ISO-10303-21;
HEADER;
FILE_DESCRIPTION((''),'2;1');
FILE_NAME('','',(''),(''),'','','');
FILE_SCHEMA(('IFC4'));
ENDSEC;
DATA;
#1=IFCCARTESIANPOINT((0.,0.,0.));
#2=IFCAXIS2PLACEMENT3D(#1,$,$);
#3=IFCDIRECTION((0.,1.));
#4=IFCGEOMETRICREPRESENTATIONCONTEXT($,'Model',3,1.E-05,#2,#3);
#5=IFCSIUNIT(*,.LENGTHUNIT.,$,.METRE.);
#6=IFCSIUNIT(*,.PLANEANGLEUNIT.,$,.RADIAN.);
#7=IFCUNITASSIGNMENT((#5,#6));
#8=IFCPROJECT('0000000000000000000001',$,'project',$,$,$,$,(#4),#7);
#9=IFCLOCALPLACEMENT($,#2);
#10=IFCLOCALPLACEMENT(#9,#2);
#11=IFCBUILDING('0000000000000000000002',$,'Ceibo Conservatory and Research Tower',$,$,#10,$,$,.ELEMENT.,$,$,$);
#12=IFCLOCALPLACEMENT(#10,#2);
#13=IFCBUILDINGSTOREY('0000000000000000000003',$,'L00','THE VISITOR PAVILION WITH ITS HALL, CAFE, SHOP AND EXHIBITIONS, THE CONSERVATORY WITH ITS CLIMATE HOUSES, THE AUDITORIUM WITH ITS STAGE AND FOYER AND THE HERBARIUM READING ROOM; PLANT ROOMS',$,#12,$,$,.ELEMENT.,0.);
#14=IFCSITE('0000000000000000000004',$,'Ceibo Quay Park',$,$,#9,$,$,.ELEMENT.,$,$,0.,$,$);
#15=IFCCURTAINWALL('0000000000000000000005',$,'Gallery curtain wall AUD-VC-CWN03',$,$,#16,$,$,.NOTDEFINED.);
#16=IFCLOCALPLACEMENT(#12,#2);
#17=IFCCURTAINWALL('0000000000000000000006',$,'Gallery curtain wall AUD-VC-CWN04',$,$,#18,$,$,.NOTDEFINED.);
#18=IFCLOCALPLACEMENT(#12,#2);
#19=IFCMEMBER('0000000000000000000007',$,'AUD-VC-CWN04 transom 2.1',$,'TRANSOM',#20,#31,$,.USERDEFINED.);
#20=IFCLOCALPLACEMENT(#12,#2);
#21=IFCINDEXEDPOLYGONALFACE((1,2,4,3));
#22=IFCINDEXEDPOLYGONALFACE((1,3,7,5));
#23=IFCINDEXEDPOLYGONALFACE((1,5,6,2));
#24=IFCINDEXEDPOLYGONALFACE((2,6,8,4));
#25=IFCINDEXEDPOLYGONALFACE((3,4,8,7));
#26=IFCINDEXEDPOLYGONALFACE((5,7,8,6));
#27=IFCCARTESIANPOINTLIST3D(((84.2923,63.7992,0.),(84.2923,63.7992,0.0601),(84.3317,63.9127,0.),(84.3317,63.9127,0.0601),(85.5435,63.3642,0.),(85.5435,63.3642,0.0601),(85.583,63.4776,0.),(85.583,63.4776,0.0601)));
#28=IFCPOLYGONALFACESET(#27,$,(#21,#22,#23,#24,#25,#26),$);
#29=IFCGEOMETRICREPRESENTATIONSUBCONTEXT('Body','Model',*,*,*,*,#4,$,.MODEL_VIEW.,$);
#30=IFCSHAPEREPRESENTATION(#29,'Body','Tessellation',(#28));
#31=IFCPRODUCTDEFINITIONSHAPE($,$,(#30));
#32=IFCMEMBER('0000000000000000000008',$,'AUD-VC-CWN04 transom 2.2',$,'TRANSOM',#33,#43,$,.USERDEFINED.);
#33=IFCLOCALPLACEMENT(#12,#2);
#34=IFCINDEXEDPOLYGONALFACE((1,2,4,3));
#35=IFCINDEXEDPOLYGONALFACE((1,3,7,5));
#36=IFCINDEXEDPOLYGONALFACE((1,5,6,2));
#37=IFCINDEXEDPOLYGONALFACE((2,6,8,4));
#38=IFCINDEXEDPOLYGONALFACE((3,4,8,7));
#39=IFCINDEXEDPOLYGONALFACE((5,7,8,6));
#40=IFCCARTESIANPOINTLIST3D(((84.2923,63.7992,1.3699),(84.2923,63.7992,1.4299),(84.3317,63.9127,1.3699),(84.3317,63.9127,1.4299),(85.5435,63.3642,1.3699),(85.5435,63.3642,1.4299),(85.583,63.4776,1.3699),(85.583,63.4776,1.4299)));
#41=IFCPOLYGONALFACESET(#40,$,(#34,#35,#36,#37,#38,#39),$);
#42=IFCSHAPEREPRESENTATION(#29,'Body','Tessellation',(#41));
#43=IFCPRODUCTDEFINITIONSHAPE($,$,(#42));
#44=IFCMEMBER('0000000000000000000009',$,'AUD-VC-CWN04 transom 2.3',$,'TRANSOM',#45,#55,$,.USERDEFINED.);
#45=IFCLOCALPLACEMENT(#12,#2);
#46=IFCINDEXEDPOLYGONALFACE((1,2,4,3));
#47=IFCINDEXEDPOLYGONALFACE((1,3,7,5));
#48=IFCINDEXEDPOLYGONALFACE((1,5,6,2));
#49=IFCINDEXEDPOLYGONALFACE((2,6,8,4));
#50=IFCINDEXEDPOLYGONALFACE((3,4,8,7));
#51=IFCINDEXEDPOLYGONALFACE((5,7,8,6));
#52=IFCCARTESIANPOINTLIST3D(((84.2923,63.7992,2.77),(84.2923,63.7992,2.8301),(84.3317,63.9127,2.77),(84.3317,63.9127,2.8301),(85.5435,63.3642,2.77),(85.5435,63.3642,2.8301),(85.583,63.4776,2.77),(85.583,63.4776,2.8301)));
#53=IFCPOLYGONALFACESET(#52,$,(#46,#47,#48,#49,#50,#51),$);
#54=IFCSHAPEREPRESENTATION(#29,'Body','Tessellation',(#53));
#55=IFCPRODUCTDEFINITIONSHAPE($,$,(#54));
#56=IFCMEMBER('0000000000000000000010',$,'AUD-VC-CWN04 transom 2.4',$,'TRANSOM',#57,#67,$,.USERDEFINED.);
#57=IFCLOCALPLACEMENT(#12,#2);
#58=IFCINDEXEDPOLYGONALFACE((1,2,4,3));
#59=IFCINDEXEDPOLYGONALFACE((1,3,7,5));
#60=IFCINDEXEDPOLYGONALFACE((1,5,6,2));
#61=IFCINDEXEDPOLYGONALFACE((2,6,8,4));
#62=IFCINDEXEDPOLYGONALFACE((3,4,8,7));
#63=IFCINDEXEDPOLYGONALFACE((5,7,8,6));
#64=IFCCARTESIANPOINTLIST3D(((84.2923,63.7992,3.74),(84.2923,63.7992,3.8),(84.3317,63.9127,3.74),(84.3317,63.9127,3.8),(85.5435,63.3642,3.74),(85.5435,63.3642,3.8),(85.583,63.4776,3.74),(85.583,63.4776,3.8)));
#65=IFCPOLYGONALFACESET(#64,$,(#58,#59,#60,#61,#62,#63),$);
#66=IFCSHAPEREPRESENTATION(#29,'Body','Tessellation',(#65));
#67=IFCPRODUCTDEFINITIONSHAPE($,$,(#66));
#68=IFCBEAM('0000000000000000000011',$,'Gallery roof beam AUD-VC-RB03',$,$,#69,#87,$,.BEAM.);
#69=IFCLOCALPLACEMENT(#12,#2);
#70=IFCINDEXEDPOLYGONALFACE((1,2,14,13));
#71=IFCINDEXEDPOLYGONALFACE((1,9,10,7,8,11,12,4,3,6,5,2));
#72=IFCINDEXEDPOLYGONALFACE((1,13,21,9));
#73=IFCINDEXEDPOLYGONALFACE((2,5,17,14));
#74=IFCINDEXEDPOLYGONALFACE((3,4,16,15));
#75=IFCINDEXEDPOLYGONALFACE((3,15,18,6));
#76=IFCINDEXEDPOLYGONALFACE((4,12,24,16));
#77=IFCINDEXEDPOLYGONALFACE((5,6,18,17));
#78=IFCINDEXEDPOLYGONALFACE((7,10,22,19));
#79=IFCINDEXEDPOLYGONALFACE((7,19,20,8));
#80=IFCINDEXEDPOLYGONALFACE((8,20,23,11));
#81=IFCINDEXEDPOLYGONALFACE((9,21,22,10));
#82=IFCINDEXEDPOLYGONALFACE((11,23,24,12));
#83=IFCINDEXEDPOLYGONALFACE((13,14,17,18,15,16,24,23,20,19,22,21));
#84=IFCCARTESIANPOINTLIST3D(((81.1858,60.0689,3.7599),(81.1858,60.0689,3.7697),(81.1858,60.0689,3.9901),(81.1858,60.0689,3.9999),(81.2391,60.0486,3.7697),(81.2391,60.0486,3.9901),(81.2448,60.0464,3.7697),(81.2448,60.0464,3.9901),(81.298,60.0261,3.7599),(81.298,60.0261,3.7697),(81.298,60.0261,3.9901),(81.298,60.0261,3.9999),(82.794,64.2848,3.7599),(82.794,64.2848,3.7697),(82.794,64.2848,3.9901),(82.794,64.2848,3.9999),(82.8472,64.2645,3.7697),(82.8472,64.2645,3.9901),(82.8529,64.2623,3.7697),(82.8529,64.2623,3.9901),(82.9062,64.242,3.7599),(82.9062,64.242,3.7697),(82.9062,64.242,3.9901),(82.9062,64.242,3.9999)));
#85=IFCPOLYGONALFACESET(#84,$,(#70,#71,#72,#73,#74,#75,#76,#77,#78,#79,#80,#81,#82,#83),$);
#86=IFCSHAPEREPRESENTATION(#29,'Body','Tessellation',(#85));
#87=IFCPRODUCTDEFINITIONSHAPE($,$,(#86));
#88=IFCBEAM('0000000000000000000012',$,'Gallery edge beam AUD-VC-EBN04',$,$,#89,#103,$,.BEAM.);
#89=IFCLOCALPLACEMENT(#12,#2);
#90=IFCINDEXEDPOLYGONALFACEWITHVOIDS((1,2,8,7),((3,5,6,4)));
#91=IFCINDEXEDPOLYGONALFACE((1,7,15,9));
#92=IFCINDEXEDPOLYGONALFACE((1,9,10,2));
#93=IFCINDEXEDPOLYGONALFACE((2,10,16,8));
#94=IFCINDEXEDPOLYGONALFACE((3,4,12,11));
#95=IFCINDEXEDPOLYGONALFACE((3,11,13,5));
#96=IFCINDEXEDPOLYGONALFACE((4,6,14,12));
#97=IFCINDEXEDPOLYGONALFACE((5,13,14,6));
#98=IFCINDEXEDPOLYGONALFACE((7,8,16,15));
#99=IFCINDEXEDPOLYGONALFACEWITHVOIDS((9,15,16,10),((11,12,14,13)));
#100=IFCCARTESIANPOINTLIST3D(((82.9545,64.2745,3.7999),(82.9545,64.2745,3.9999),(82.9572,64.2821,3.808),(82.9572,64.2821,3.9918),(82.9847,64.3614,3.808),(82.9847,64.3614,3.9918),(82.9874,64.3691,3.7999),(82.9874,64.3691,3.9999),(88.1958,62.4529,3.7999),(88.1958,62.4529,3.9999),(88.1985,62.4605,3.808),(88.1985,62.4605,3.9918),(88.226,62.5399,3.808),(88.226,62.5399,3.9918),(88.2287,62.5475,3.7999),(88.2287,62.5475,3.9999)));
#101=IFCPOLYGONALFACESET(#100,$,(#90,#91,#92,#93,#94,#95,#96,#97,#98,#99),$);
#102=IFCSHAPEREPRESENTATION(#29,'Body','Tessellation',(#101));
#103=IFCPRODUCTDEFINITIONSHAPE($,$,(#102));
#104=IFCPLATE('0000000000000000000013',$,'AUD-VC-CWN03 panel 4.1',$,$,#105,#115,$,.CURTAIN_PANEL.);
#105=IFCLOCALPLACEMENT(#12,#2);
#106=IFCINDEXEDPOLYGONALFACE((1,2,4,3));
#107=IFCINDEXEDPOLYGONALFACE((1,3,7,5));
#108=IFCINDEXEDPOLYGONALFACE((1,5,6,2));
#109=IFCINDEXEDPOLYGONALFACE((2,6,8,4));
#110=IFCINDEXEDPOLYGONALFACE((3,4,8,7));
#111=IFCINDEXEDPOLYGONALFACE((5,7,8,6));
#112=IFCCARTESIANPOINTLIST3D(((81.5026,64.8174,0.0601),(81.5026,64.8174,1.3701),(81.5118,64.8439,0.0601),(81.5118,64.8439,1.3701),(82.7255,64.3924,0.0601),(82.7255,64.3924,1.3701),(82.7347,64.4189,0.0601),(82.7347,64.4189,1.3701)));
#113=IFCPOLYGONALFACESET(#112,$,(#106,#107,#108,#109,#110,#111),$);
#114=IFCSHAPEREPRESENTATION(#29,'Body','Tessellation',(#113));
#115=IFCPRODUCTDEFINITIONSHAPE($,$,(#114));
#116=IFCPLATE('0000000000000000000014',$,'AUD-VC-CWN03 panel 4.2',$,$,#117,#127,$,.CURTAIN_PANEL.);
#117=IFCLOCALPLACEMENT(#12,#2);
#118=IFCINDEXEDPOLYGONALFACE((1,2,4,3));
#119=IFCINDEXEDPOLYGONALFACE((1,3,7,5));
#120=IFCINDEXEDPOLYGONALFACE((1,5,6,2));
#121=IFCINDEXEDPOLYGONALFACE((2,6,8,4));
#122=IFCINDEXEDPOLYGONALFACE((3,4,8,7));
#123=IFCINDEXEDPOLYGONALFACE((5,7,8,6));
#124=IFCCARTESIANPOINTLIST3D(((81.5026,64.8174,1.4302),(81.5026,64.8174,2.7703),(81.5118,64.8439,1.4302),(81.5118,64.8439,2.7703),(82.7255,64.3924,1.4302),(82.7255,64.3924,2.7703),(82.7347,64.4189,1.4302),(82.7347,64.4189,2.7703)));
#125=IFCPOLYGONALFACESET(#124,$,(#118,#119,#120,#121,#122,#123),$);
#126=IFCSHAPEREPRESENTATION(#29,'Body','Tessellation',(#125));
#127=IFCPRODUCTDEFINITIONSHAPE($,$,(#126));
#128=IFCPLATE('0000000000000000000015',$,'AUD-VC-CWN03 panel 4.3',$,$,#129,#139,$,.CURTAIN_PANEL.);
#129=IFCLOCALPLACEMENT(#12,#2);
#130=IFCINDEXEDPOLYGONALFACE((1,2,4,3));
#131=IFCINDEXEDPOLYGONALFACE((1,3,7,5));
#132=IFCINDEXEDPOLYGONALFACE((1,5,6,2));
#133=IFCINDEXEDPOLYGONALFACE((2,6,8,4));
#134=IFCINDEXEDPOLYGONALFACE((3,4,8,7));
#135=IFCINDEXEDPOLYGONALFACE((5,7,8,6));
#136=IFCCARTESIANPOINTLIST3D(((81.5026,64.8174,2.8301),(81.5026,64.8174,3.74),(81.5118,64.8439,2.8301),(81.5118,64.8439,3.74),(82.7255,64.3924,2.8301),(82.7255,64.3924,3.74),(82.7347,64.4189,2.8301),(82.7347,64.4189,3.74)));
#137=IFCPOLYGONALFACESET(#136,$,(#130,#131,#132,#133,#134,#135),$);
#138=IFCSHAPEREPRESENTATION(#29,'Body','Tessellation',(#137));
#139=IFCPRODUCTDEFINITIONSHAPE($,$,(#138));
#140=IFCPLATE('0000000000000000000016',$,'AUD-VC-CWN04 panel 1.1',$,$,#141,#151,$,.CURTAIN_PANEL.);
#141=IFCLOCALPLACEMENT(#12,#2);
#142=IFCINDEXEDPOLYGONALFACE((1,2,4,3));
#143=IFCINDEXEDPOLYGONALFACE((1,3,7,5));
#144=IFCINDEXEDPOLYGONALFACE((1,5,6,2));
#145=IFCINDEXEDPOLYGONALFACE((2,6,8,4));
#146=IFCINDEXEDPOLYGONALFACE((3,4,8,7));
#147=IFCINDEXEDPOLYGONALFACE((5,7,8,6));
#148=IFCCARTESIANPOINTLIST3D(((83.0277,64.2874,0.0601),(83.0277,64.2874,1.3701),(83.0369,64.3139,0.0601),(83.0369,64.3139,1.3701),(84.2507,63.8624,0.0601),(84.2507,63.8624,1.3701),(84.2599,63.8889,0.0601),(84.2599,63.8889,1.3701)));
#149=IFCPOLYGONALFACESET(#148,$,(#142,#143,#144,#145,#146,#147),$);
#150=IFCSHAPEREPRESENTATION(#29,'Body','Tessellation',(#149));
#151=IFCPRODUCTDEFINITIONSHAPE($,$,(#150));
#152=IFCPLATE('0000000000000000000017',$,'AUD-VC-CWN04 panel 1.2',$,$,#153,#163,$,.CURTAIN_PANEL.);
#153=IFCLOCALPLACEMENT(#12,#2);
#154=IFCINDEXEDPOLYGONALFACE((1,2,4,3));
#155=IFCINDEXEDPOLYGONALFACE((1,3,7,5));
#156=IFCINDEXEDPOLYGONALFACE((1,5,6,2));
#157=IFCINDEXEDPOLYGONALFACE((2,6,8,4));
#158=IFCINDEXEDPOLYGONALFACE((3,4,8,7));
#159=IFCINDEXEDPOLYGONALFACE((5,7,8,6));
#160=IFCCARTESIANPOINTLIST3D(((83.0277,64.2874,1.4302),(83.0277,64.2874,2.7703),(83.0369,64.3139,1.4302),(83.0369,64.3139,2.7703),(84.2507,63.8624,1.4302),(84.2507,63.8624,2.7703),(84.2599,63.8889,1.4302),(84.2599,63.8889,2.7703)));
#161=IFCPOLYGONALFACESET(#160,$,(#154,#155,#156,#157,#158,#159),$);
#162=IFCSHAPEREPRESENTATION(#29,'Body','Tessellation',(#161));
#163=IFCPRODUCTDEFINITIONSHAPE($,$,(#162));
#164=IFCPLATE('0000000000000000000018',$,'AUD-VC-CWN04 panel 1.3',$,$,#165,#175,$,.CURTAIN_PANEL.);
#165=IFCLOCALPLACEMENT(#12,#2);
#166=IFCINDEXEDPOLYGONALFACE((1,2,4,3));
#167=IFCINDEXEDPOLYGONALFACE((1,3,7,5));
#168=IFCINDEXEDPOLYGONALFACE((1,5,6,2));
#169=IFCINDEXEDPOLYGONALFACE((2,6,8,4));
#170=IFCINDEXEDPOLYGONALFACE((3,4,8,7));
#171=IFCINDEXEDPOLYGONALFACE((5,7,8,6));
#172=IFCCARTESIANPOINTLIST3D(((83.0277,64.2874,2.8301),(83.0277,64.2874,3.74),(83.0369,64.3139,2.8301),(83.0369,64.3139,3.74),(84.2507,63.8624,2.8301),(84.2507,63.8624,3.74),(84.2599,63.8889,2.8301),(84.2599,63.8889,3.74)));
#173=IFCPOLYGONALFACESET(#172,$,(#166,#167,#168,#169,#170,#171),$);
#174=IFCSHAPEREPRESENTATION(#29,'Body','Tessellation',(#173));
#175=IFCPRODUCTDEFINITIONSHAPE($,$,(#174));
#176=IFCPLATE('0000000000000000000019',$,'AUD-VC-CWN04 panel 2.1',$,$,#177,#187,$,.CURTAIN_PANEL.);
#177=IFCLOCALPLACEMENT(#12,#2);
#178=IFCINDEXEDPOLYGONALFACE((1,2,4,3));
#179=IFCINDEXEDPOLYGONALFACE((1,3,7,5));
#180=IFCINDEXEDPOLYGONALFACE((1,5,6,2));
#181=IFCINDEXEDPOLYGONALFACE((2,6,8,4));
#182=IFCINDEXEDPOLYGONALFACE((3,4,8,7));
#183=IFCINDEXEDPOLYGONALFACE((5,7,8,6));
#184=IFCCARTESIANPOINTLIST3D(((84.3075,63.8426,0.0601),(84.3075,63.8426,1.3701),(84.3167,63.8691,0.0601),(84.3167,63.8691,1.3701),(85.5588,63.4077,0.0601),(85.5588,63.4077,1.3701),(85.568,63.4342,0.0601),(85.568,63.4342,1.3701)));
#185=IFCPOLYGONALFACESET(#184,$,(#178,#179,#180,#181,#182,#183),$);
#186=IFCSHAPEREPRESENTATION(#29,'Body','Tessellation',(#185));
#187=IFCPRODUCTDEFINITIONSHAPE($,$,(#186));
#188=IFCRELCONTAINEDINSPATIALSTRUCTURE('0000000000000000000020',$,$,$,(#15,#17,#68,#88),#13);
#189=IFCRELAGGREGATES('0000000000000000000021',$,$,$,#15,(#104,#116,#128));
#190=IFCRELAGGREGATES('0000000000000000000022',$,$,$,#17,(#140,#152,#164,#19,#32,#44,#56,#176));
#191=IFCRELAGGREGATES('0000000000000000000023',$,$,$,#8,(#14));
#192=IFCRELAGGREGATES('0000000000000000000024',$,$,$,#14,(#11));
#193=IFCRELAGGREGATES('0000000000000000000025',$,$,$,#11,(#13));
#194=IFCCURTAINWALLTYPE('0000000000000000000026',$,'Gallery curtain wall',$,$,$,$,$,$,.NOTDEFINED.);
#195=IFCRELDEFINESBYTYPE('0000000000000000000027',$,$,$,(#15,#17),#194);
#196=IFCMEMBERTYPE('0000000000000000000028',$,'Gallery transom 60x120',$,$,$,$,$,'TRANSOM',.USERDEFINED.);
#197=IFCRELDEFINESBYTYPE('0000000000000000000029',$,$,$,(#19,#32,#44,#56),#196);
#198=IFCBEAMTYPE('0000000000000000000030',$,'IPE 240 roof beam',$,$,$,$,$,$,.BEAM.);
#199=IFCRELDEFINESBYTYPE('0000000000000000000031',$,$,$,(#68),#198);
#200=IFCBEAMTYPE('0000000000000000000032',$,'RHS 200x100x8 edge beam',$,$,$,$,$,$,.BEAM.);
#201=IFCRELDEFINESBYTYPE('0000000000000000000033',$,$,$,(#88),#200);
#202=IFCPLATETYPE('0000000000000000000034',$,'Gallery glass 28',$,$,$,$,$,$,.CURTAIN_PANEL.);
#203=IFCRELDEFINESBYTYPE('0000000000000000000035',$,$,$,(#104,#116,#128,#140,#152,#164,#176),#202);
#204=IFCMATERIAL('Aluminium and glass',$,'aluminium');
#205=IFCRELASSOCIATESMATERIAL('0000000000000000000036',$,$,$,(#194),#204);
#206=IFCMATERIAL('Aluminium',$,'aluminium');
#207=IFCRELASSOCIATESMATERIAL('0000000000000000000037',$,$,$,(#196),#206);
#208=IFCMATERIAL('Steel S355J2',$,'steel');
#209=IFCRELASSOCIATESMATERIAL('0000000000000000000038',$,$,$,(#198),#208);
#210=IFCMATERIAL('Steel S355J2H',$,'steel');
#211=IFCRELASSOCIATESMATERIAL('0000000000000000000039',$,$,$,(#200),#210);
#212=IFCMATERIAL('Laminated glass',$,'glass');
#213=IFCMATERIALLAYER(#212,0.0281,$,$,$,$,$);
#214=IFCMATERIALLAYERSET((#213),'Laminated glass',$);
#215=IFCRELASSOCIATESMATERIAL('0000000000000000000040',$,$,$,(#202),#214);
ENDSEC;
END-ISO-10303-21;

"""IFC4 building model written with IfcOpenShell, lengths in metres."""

from ifc_helpers import new_model, si_unit, direction, frame, origin, origin_2d, place, context, subcontext, project, spatial, rectangle, hollow_rectangle, i_section, extrude, material, layer, layer_set, material_profile, profile_set, type_object, element, aggregate, save


model = new_model("IFC4")

# Units and contexts
model_context = context("Model", 3, precision=1e-05, world=origin(), true_north=direction((0.0, 1.0)))
body_context = subcontext(model_context, "Body", "Model", "MODEL_VIEW")
ifc_project = project(units=[si_unit("LENGTHUNIT", "METRE"), si_unit("PLANEANGLEUNIT", "RADIAN")], contexts=[model_context])

# Site, building, storey
site_placement = place(None, origin())
site = spatial("IfcSite", under=ifc_project, at=site_placement, Name="Ceibo Quay Park", CompositionType="ELEMENT", RefElevation=0.0)
building_placement = place(site_placement, origin())
building = spatial("IfcBuilding", under=site, at=building_placement, Name="Ceibo Conservatory and Research Tower", CompositionType="ELEMENT")
storey_placement = place(building_placement, origin())
storey = spatial("IfcBuildingStorey", under=building, at=storey_placement, Name="L00", Description="THE VISITOR PAVILION WITH ITS HALL, CAFE, SHOP AND EXHIBITIONS, THE CONSERVATORY WITH ITS CLIMATE HOUSES, THE AUDITORIUM WITH ITS STAGE AND FOYER AND THE HERBARIUM READING ROOM; PLANT ROOMS", CompositionType="ELEMENT", Elevation=0.0)

# Shared definitions
ifc_material_1 = material(Name="Steel S355J2H", Category="steel")

# Curtain walls
ifc_material_2 = material(Name="Aluminium and glass", Category="aluminium")
curtain_wall_type = type_object("IfcCurtainWallType", Name="Gallery curtain wall", PredefinedType="NOTDEFINED", material=ifc_material_2)
curtain_wall_1_placement = place(storey_placement, origin())
curtain_wall_1 = element("IfcCurtainWall", 1, at=curtain_wall_1_placement, inside=storey, type_object=curtain_wall_type, Name="Gallery curtain wall AUD-VC-CWN03", PredefinedType="NOTDEFINED")
ifc_material_3 = material(Name="Aluminium", Category="aluminium")
curtain_wall_2_placement = place(storey_placement, origin())
curtain_wall_2 = element("IfcCurtainWall", 2, at=curtain_wall_2_placement, inside=storey, type_object=curtain_wall_type, Name="Gallery curtain wall AUD-VC-CWN04", PredefinedType="NOTDEFINED")

# Members
ifc_material_profile_1 = material_profile(ifc_material_3, rectangle(XDim=0.1201, YDim=0.0601, at=origin_2d()), Name="AL 60x120")
ifc_profile_set_1 = profile_set([ifc_material_profile_1], Name="Aluminium")
member_type_1 = type_object("IfcMemberType", Name="Gallery transom 60x120", ElementType="TRANSOM", PredefinedType="USERDEFINED", material=ifc_profile_set_1)
member_1_placement = place(storey_placement, frame((84.312, 63.856, 0.03), z_axis=(0.944532, -0.328421, 0.0), x_axis=(0.328421, 0.944532, 0.0)))
member_1 = element("IfcMember", 3, at=member_1_placement, type_object=member_type_1, Name="AUD-VC-CWN04 transom 2.1", ObjectType="TRANSOM", PredefinedType="USERDEFINED", context=body_context, shape_type="SweptSolid", body=[
    extrude(rectangle(XDim=0.1201, YDim=0.0601, at=origin_2d()), origin(), (0.0, 0.0, 1.0), 1.3247),
])
member_2_placement = place(storey_placement, frame((84.312, 63.856, 1.3999), z_axis=(0.944532, -0.328421, 0.0), x_axis=(0.328421, 0.944532, 0.0)))
member_2 = element("IfcMember", 4, at=member_2_placement, type_object=member_type_1, Name="AUD-VC-CWN04 transom 2.2", ObjectType="TRANSOM", PredefinedType="USERDEFINED", context=body_context, shape_type="SweptSolid", body=[
    extrude(rectangle(XDim=0.1201, YDim=0.0601, at=origin_2d()), origin(), (0.0, 0.0, 1.0), 1.3247),
])
member_3_placement = place(storey_placement, frame((84.312, 63.856, 2.8), z_axis=(0.944532, -0.328421, 0.0), x_axis=(0.328421, 0.944532, 0.0)))
member_3 = element("IfcMember", 5, at=member_3_placement, type_object=member_type_1, Name="AUD-VC-CWN04 transom 2.3", ObjectType="TRANSOM", PredefinedType="USERDEFINED", context=body_context, shape_type="SweptSolid", body=[
    extrude(rectangle(XDim=0.1201, YDim=0.0601, at=origin_2d()), origin(), (0.0, 0.0, 1.0), 1.3247),
])
member_4_placement = place(storey_placement, frame((84.312, 63.856, 3.77), z_axis=(0.944532, -0.328421, 0.0), x_axis=(0.328421, 0.944532, 0.0)))
member_4 = element("IfcMember", 6, at=member_4_placement, type_object=member_type_1, Name="AUD-VC-CWN04 transom 2.4", ObjectType="TRANSOM", PredefinedType="USERDEFINED", context=body_context, shape_type="SweptSolid", body=[
    extrude(rectangle(XDim=0.1201, YDim=0.0601, at=origin_2d()), origin(), (0.0, 0.0, 1.0), 1.3247),
])

# Beams
ifc_material_4 = material(Name="Steel S355J2", Category="steel")
ifc_material_profile_2 = material_profile(ifc_material_4, i_section(OverallWidth=0.1201, OverallDepth=0.24, WebThickness=0.0061, FlangeThickness=0.0098, at=origin_2d()), Name="IPE 240")
ifc_profile_set_2 = profile_set([ifc_material_profile_2], Name="Steel S355J2")
beam_type_1 = type_object("IfcBeamType", Name="IPE 240 roof beam", PredefinedType="BEAM", material=ifc_profile_set_2)
beam_1_placement = place(storey_placement, frame((82.8501, 64.2634, 3.8799), z_axis=(-0.356407, -0.934331, 0.0), x_axis=(0.934331, -0.356407, 0.0)))
element("IfcBeam", 7, at=beam_1_placement, inside=storey, type_object=beam_type_1, Name="Gallery roof beam AUD-VC-RB03", PredefinedType="BEAM", context=body_context, shape_type="SweptSolid", body=[
    extrude(i_section(OverallWidth=0.1201, OverallDepth=0.24, WebThickness=0.0061, FlangeThickness=0.0098, at=origin_2d()), origin(), (0.0, 0.0, 1.0), 4.5122),
])
ifc_material_profile_3 = material_profile(ifc_material_1, hollow_rectangle(XDim=0.1001, YDim=0.2, WallThickness=0.0081, at=origin_2d()), Name="RHS 200x100x8 edge beam")
ifc_profile_set_3 = profile_set([ifc_material_profile_3], Name="Steel S355J2H")
beam_type_2 = type_object("IfcBeamType", Name="RHS 200x100x8 edge beam", PredefinedType="BEAM", material=ifc_profile_set_3)
beam_2_placement = place(storey_placement, frame((82.9709, 64.3218, 3.8999), z_axis=(0.94458, -0.32828, 0.0), x_axis=(0.32828, 0.94458, 0.0)))
element("IfcBeam", 8, at=beam_2_placement, inside=storey, type_object=beam_type_2, Name="Gallery edge beam AUD-VC-EBN04", PredefinedType="BEAM", context=body_context, shape_type="SweptSolid", body=[
    extrude(hollow_rectangle(XDim=0.1001, YDim=0.2, WallThickness=0.0081, at=origin_2d()), origin(), (0.0, 0.0, 1.0), 5.5488),
])

# Plates
ifc_material_5 = material(Name="Laminated glass", Category="glass")
ifc_layer = layer(ifc_material_5, 0.0281)
ifc_layer_set = layer_set([ifc_layer], Name="Laminated glass")
plate_type = type_object("IfcPlateType", Name="Gallery glass 28", PredefinedType="CURTAIN_PANEL", material=ifc_layer_set)
plate_1_placement = place(storey_placement, frame((82.1187, 64.6182, 0.0601), z_axis=(0.0, 0.0, 1.0), x_axis=(0.944579, -0.328284, 0.0)))
plate_1 = element("IfcPlate", 9, at=plate_1_placement, type_object=plate_type, Name="AUD-VC-CWN03 panel 4.1", PredefinedType="CURTAIN_PANEL", context=body_context, shape_type="SweptSolid", body=[
    extrude(rectangle(XDim=1.2947, YDim=0.0281, at=origin_2d()), origin(), (0.0, 0.0, 1.0), 1.3101),
])
plate_2_placement = place(storey_placement, frame((82.1187, 64.6182, 1.4302), z_axis=(0.0, 0.0, 1.0), x_axis=(0.944579, -0.328284, 0.0)))
plate_2 = element("IfcPlate", 10, at=plate_2_placement, type_object=plate_type, Name="AUD-VC-CWN03 panel 4.2", PredefinedType="CURTAIN_PANEL", context=body_context, shape_type="SweptSolid", body=[
    extrude(rectangle(XDim=1.2947, YDim=0.0281, at=origin_2d()), origin(), (0.0, 0.0, 1.0), 1.3401),
])
plate_3_placement = place(storey_placement, frame((82.1187, 64.6182, 2.8301), z_axis=(0.0, 0.0, 1.0), x_axis=(0.944579, -0.328284, 0.0)))
plate_3 = element("IfcPlate", 11, at=plate_3_placement, type_object=plate_type, Name="AUD-VC-CWN03 panel 4.3", PredefinedType="CURTAIN_PANEL", context=body_context, shape_type="SweptSolid", body=[
    extrude(rectangle(XDim=1.2947, YDim=0.0281, at=origin_2d()), origin(), (0.0, 0.0, 1.0), 0.9099),
])
aggregate(curtain_wall_1, [plate_1, plate_2, plate_3])
plate_4_placement = place(storey_placement, frame((83.6438, 64.0881, 0.0601), z_axis=(0.0, 0.0, 1.0), x_axis=(0.944579, -0.328284, 0.0)))
plate_4 = element("IfcPlate", 12, at=plate_4_placement, type_object=plate_type, Name="AUD-VC-CWN04 panel 1.1", PredefinedType="CURTAIN_PANEL", context=body_context, shape_type="SweptSolid", body=[
    extrude(rectangle(XDim=1.2947, YDim=0.0281, at=origin_2d()), origin(), (0.0, 0.0, 1.0), 1.3101),
])
plate_5_placement = place(storey_placement, frame((83.6438, 64.0881, 1.4302), z_axis=(0.0, 0.0, 1.0), x_axis=(0.944579, -0.328284, 0.0)))
plate_5 = element("IfcPlate", 13, at=plate_5_placement, type_object=plate_type, Name="AUD-VC-CWN04 panel 1.2", PredefinedType="CURTAIN_PANEL", context=body_context, shape_type="SweptSolid", body=[
    extrude(rectangle(XDim=1.2947, YDim=0.0281, at=origin_2d()), origin(), (0.0, 0.0, 1.0), 1.3401),
])
plate_6_placement = place(storey_placement, frame((83.6438, 64.0881, 2.8301), z_axis=(0.0, 0.0, 1.0), x_axis=(0.944579, -0.328284, 0.0)))
plate_6 = element("IfcPlate", 14, at=plate_6_placement, type_object=plate_type, Name="AUD-VC-CWN04 panel 1.3", PredefinedType="CURTAIN_PANEL", context=body_context, shape_type="SweptSolid", body=[
    extrude(rectangle(XDim=1.2947, YDim=0.0281, at=origin_2d()), origin(), (0.0, 0.0, 1.0), 0.9099),
])
plate_7_placement = place(storey_placement, frame((84.9377, 63.6384, 0.0601), z_axis=(0.0, 0.0, 1.0), x_axis=(0.944579, -0.328284, 0.0)))
plate_7 = element("IfcPlate", 15, at=plate_7_placement, type_object=plate_type, Name="AUD-VC-CWN04 panel 2.1", PredefinedType="CURTAIN_PANEL", context=body_context, shape_type="SweptSolid", body=[
    extrude(rectangle(XDim=1.3247, YDim=0.0281, at=origin_2d()), origin(), (0.0, 0.0, 1.0), 1.3101),
])
aggregate(curtain_wall_2, [plate_4, plate_5, plate_6, member_1, member_2, member_3, member_4, plate_7])

save(model, "model.ifc")
